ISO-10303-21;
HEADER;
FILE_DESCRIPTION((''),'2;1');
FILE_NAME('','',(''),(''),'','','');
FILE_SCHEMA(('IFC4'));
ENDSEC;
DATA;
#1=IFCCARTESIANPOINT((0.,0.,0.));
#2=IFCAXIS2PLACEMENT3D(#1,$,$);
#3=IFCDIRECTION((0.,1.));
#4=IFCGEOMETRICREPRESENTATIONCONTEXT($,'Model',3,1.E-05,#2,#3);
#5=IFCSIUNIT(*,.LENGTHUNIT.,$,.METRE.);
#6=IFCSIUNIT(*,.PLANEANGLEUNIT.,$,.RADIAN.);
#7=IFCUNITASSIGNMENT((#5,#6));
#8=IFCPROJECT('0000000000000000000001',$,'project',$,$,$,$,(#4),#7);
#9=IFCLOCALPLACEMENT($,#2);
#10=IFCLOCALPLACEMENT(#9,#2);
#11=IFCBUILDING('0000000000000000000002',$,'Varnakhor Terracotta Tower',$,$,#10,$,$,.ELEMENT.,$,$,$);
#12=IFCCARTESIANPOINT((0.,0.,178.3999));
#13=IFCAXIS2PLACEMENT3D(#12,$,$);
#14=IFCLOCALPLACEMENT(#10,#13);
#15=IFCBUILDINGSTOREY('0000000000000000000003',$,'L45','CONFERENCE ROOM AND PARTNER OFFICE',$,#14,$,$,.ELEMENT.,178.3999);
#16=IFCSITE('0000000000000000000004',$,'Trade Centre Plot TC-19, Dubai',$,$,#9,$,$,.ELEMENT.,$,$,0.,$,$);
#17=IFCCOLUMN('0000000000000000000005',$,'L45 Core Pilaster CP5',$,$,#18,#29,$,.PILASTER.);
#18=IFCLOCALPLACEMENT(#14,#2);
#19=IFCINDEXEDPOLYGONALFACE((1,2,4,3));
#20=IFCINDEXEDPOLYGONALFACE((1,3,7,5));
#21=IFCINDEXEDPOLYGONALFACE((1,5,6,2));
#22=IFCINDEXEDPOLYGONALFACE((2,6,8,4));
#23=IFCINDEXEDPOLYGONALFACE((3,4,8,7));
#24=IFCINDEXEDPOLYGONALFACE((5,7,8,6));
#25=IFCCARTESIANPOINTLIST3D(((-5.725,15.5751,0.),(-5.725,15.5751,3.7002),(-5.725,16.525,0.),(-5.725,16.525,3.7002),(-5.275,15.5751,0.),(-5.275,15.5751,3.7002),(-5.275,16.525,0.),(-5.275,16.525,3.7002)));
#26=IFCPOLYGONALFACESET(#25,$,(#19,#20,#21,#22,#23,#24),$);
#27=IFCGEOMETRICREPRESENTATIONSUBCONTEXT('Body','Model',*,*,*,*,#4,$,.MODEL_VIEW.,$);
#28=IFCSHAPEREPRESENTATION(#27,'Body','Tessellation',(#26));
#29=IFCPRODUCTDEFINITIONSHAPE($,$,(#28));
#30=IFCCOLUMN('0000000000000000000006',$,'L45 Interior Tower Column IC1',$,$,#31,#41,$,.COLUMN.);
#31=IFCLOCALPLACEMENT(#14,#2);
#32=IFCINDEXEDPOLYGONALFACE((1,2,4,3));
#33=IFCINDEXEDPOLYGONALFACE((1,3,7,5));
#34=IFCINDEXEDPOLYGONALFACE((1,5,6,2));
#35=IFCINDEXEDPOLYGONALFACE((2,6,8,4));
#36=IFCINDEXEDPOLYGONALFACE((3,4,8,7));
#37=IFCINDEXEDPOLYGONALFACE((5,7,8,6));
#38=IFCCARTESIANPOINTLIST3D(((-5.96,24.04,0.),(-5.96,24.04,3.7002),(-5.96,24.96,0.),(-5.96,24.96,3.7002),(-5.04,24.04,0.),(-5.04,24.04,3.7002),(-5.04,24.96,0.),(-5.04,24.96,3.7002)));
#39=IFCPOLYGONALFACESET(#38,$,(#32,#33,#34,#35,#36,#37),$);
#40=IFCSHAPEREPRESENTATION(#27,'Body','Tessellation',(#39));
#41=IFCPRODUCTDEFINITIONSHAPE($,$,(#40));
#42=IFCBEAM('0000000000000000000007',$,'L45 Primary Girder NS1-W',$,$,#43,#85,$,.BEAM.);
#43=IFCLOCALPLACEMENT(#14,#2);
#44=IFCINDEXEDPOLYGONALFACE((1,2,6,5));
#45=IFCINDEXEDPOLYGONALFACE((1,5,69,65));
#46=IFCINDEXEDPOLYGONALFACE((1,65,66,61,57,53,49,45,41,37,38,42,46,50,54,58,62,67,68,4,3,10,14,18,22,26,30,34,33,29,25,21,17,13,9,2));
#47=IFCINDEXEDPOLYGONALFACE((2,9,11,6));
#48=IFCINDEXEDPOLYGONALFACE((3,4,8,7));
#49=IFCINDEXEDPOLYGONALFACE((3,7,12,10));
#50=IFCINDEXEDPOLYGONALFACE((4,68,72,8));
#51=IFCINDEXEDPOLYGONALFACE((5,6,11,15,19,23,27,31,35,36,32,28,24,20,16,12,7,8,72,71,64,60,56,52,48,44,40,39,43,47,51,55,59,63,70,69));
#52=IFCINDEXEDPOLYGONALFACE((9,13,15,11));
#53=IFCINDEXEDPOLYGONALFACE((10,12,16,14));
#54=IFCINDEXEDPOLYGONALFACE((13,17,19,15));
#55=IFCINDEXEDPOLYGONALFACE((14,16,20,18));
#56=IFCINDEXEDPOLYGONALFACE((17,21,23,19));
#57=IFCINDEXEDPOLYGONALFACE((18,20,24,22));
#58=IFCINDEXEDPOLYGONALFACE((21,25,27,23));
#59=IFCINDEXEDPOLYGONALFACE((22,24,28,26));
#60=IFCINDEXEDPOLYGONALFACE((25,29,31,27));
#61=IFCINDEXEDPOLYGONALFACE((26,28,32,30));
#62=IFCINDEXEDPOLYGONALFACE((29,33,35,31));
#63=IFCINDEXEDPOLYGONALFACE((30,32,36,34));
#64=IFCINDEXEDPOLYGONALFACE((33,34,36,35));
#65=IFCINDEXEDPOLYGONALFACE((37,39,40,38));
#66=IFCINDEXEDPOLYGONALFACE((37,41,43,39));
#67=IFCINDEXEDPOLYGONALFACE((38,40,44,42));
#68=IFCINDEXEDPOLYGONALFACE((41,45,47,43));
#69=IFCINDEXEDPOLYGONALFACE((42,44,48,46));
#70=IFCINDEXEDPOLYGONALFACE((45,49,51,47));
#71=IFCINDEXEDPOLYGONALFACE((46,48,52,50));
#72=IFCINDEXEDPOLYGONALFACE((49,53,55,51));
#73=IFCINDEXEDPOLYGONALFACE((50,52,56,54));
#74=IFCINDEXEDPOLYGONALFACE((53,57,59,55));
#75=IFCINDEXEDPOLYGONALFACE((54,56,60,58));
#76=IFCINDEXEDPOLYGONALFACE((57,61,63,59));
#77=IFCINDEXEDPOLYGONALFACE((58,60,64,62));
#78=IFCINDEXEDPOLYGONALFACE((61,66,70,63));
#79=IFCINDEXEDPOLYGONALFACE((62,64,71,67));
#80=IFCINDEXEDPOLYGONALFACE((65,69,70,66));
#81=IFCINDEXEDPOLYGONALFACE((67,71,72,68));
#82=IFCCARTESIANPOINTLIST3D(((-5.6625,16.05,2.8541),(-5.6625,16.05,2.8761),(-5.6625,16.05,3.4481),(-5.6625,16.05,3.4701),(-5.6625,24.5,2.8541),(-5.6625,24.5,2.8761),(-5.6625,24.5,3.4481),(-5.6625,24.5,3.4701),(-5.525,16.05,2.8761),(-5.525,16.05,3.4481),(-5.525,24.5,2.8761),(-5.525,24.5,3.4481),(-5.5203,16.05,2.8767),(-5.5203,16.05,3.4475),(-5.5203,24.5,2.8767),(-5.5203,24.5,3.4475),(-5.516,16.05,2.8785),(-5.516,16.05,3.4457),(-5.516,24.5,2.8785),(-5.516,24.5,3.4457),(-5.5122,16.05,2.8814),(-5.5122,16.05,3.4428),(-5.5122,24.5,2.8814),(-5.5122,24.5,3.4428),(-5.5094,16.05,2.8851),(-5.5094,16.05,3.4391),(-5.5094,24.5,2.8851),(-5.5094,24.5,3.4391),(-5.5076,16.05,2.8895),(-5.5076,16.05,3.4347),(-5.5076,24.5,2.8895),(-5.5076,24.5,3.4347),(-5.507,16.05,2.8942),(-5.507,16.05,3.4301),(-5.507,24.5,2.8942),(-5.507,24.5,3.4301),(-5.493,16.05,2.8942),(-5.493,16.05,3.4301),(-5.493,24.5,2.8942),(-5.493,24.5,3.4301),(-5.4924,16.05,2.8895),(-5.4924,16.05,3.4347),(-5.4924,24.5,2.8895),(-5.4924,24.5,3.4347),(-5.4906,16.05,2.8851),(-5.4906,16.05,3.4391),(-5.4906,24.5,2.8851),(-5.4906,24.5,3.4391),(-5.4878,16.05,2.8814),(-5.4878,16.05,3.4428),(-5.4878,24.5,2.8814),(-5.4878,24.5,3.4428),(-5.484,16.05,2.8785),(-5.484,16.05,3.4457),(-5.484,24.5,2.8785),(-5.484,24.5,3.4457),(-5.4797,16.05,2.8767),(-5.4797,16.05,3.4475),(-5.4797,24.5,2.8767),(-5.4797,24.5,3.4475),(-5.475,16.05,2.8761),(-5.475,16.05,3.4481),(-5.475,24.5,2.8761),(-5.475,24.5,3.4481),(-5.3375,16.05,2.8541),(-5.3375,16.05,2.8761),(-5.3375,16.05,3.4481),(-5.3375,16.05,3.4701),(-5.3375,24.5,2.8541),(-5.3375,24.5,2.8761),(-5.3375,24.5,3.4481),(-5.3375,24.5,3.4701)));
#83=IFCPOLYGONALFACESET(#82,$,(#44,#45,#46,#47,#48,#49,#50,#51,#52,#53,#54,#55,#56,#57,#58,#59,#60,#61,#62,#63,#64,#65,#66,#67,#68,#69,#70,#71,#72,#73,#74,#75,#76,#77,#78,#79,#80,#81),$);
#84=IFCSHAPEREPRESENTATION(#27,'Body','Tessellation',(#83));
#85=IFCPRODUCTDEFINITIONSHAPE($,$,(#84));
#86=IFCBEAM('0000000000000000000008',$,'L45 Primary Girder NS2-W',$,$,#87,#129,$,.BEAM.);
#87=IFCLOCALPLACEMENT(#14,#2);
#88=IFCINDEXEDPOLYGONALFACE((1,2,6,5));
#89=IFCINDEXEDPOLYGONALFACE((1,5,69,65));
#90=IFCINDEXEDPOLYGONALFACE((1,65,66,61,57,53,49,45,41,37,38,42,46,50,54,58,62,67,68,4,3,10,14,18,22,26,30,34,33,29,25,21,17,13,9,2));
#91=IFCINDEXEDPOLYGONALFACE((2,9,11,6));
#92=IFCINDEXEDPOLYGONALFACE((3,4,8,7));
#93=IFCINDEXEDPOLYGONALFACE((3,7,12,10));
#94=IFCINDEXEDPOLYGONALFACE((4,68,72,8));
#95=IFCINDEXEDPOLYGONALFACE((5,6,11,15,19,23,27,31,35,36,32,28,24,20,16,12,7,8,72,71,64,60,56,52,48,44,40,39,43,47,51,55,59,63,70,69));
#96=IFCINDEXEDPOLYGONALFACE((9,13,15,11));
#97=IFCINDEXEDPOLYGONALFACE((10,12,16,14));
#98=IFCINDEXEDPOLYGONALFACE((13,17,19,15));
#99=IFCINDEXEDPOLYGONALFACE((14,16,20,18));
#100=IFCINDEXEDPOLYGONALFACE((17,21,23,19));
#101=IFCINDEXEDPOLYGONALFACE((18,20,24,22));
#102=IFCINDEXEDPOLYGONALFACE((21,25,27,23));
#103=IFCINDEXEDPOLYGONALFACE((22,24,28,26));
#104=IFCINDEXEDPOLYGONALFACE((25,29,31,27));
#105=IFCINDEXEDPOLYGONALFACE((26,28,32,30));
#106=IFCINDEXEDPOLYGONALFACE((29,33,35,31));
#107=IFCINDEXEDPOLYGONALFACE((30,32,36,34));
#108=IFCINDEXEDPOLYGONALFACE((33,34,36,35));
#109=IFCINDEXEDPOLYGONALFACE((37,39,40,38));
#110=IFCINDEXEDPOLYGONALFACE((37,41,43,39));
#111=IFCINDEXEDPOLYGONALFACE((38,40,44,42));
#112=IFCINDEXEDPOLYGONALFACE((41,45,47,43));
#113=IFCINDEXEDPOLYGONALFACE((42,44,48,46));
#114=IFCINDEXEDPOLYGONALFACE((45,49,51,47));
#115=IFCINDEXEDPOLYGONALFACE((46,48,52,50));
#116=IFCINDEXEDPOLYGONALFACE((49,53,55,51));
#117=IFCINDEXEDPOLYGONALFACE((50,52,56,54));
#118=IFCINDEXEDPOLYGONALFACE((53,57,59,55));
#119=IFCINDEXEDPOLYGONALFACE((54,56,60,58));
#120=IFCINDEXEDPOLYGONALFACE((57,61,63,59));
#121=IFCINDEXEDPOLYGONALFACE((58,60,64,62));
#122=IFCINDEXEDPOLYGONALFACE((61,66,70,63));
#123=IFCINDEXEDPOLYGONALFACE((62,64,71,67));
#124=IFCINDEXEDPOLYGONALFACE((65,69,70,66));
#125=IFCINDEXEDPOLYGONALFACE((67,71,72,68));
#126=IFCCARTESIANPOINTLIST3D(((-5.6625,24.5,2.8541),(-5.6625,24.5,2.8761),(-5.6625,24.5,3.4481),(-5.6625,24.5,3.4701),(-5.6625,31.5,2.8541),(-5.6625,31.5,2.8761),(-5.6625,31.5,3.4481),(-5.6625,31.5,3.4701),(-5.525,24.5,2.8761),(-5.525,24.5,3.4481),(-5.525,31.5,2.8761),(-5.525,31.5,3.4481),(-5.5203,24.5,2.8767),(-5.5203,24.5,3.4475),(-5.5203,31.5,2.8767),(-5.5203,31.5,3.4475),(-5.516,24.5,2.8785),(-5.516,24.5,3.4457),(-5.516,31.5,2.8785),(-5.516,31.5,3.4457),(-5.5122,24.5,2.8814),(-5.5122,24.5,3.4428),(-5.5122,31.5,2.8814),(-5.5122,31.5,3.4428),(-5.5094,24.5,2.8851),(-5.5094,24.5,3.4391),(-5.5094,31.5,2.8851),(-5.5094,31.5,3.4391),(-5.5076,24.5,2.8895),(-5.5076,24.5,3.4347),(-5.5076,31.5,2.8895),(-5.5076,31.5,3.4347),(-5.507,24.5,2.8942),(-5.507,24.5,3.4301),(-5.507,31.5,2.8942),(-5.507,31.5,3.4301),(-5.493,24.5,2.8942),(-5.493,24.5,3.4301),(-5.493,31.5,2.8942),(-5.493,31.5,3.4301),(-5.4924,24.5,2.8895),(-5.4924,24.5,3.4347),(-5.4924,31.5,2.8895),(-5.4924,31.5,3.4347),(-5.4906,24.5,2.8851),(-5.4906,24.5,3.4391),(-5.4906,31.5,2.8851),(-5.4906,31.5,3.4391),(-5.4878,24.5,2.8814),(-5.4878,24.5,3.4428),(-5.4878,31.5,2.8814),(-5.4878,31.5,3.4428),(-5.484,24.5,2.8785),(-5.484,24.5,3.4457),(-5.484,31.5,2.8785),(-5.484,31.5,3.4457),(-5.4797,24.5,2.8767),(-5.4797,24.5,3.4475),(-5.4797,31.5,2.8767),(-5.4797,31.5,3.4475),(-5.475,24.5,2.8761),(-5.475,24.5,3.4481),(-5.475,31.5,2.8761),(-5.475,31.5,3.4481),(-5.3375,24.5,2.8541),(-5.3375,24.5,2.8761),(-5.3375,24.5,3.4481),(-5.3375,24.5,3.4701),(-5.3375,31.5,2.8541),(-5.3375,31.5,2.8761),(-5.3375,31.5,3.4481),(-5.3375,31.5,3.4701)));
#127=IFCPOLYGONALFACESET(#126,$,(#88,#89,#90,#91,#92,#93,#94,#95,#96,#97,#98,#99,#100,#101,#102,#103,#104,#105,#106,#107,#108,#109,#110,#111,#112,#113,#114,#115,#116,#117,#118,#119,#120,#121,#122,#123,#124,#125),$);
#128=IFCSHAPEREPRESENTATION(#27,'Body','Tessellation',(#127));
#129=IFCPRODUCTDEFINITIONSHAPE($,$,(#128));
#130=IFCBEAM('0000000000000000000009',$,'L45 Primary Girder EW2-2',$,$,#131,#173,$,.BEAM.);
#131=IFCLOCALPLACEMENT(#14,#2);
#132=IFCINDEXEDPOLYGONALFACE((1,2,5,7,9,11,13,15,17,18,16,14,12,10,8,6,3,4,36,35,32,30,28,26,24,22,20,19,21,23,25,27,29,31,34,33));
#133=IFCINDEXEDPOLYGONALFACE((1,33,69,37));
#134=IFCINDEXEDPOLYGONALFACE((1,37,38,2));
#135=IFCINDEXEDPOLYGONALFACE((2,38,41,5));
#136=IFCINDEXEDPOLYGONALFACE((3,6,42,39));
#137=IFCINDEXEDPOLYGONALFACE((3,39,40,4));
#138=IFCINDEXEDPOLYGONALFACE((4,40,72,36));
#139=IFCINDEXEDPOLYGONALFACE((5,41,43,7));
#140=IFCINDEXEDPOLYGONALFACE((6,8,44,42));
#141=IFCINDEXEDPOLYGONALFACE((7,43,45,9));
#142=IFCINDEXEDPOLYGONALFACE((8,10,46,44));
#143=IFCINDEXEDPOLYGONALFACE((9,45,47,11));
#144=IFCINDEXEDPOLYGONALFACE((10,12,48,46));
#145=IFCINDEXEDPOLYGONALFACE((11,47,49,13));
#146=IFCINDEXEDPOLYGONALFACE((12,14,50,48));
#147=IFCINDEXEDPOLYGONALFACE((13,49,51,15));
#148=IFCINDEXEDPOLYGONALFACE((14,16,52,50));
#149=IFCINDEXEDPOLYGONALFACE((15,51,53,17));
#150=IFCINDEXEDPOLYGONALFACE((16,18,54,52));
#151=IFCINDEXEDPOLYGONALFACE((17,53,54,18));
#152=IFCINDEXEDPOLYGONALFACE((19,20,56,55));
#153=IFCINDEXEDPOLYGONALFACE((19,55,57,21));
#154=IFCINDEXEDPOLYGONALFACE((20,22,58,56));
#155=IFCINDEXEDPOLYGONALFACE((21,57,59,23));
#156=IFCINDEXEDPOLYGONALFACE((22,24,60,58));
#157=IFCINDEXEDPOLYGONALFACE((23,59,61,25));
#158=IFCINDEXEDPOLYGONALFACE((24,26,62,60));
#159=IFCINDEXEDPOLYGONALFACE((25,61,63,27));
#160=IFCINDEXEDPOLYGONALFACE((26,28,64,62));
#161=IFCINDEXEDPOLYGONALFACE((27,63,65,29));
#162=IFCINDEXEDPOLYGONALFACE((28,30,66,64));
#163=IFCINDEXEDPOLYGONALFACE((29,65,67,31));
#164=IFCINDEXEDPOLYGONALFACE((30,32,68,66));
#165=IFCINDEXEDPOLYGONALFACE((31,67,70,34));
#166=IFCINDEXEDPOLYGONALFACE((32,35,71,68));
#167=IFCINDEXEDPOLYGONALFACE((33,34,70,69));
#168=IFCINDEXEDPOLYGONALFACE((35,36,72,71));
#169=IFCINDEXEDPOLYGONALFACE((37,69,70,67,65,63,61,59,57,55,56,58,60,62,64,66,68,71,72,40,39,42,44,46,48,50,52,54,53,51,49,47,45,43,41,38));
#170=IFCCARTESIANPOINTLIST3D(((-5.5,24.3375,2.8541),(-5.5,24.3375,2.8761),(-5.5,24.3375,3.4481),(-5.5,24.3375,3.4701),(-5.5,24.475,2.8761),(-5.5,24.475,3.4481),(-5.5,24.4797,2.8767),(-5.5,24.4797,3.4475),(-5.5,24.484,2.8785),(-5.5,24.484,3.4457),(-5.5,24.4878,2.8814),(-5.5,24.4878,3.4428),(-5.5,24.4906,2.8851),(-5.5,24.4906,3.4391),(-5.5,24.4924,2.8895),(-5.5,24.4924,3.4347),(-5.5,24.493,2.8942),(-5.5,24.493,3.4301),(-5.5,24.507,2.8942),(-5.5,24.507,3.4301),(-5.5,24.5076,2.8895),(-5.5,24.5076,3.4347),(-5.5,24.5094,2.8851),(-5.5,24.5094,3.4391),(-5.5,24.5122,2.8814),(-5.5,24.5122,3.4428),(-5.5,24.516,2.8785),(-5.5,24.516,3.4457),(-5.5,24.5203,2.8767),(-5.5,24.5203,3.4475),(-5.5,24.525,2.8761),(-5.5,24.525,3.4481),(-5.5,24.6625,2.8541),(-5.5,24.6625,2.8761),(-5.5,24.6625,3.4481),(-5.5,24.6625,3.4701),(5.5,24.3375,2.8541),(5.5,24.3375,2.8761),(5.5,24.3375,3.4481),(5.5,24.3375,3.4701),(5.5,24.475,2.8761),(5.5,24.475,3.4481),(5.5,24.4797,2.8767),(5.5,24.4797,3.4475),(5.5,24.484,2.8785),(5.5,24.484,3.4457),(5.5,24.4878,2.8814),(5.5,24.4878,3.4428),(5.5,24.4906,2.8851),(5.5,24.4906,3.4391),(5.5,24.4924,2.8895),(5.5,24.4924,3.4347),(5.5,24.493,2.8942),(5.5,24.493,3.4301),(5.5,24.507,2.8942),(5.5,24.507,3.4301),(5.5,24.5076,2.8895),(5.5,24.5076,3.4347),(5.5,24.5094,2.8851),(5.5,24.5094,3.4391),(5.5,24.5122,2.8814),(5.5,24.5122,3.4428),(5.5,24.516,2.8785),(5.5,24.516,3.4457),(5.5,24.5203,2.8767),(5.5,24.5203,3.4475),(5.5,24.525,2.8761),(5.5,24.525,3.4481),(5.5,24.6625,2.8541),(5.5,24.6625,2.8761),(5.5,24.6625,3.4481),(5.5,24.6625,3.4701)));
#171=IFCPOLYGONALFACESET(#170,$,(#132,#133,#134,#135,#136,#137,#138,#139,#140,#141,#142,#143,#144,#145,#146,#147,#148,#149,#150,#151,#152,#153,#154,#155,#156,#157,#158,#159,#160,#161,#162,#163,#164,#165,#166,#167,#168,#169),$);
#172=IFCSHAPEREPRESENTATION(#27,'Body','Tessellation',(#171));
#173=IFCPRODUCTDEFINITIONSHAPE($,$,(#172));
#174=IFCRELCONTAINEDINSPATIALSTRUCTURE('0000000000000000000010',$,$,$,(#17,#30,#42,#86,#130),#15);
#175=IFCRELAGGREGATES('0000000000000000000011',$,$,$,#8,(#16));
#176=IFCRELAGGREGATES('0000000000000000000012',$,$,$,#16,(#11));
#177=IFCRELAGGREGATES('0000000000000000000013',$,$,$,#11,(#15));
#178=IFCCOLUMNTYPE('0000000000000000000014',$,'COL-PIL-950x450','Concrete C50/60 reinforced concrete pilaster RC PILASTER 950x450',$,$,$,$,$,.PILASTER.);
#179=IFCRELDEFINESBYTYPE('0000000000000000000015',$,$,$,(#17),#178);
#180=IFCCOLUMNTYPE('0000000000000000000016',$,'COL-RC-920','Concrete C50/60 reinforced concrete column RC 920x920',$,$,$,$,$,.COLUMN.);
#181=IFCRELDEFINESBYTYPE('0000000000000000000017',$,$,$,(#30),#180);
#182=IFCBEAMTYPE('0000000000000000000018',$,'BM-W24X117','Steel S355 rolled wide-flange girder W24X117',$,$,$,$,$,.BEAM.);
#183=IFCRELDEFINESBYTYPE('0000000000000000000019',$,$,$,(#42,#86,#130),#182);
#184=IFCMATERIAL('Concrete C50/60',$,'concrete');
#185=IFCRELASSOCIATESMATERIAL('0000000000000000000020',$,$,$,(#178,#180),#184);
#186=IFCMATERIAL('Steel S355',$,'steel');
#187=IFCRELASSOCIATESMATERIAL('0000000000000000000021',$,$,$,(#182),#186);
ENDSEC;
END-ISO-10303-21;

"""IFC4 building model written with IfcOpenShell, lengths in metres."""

from ifc_helpers import new_model, si_unit, direction, frame, origin, origin_2d, place, context, subcontext, project, spatial, rectangle, i_section, extrude, source, transform, mapped, material, material_profile, profile_set, type_object, type_shapes, element, save


model = new_model("IFC4")

# Units and contexts
model_context = context("Model", 3, precision=1e-05, world=origin(), true_north=direction((0.0, 1.0)))
body_context = subcontext(model_context, "Body", "Model", "MODEL_VIEW")
ifc_project = project(units=[si_unit("LENGTHUNIT", "METRE"), si_unit("PLANEANGLEUNIT", "RADIAN")], contexts=[model_context])

# Site, building, storey
site_placement = place(None, origin())
site = spatial("IfcSite", under=ifc_project, at=site_placement, Name="Trade Centre Plot TC-19, Dubai", CompositionType="ELEMENT", RefElevation=0.0)
building_placement = place(site_placement, origin())
building = spatial("IfcBuilding", under=site, at=building_placement, Name="Varnakhor Terracotta Tower", CompositionType="ELEMENT")
storey_placement = place(building_placement, frame((0.0, 0.0, 178.3999)))
storey = spatial("IfcBuildingStorey", under=building, at=storey_placement, Name="L45", Description="CONFERENCE ROOM AND PARTNER OFFICE", CompositionType="ELEMENT", Elevation=178.3999)

# Columns
ifc_material_1 = material(Name="Concrete C50/60", Category="concrete")
ifc_material_profile_1 = material_profile(ifc_material_1, rectangle(XDim=0.45, YDim=0.95, at=origin_2d()), Name="RC PILASTER 950x450")
ifc_profile_set_1 = profile_set([ifc_material_profile_1], Name="Concrete C50/60")
column_type_1 = type_object("IfcColumnType", Name="COL-PIL-950x450", Description="Concrete C50/60 reinforced concrete pilaster RC PILASTER 950x450", PredefinedType="PILASTER", material=ifc_profile_set_1)
shared_shape_1 = source(origin(), body_context, "Body", "SweptSolid", [
    extrude(rectangle(XDim=0.45, YDim=0.95, at=origin_2d()), origin(), (0.0, 0.0, 1.0), 3.7002),
])
column_1_placement = place(storey_placement, frame((-5.5, 16.05, 0.0), z_axis=(0.0, 0.0, 1.0), x_axis=(1.0, 0.0, 0.0)))
element("IfcColumn", 1, at=column_1_placement, inside=storey, type_object=column_type_1, Name="L45 Core Pilaster CP5", PredefinedType="PILASTER", context=body_context, shape_type="MappedRepresentation", body=[
    mapped(shared_shape_1, transform((0.0, 0.0, 0.0), scale=1.0)),
])
ifc_material_profile_2 = material_profile(ifc_material_1, rectangle(XDim=0.9199, YDim=0.9199, at=origin_2d()), Name="RC 920x920")
ifc_profile_set_2 = profile_set([ifc_material_profile_2], Name="Concrete C50/60")
column_type_2 = type_object("IfcColumnType", Name="COL-RC-920", Description="Concrete C50/60 reinforced concrete column RC 920x920", PredefinedType="COLUMN", material=ifc_profile_set_2)
shared_shape_2 = source(origin(), body_context, "Body", "SweptSolid", [
    extrude(rectangle(XDim=0.9199, YDim=0.9199, at=origin_2d()), origin(), (0.0, 0.0, 1.0), 3.7002),
])
column_2_placement = place(storey_placement, frame((-5.5, 24.5, 0.0), z_axis=(0.0, 0.0, 1.0), x_axis=(1.0, 0.0, 0.0)))
element("IfcColumn", 2, at=column_2_placement, inside=storey, type_object=column_type_2, Name="L45 Interior Tower Column IC1", PredefinedType="COLUMN", context=body_context, shape_type="MappedRepresentation", body=[
    mapped(shared_shape_2, transform((0.0, 0.0, 0.0), scale=1.0)),
])

# Beams
ifc_material_2 = material(Name="Steel S355", Category="steel")
ifc_material_profile_3 = material_profile(ifc_material_2, i_section(OverallWidth=0.325, OverallDepth=0.616, WebThickness=0.0139, FlangeThickness=0.022, FilletRadius=0.0181, at=origin_2d()), Name="W24X117")
ifc_profile_set_3 = profile_set([ifc_material_profile_3], Name="Steel S355")
beam_type_1 = type_object("IfcBeamType", Name="BM-W24X117", Description="Steel S355 rolled wide-flange girder W24X117", PredefinedType="BEAM", material=ifc_profile_set_3)
shared_shape_3 = source(origin(), body_context, "Body", "SweptSolid", [
    extrude(i_section(OverallWidth=0.325, OverallDepth=0.616, WebThickness=0.0139, FlangeThickness=0.022, FilletRadius=0.0181, at=origin_2d()), origin(), (0.0, 0.0, 1.0), 8.45),
])
type_shapes(beam_type_1, [shared_shape_3])
beam_1_placement = place(storey_placement, frame((-5.5, 16.05, 3.1621), z_axis=(0.0, 1.0, 0.0), x_axis=(-1.0, 0.0, 0.0)))
element("IfcBeam", 3, at=beam_1_placement, inside=storey, type_object=beam_type_1, Name="L45 Primary Girder NS1-W", PredefinedType="BEAM", context=body_context, shape_type="MappedRepresentation", body=[
    mapped(shared_shape_3, transform((0.0, 0.0, 0.0), scale=1.0)),
])
shared_shape_4 = source(origin(), body_context, "Body", "SweptSolid", [
    extrude(i_section(OverallWidth=0.325, OverallDepth=0.616, WebThickness=0.0139, FlangeThickness=0.022, FilletRadius=0.0181, at=origin_2d()), origin(), (0.0, 0.0, 1.0), 7.0),
])
beam_2_placement = place(storey_placement, frame((-5.5, 24.5, 3.1621), z_axis=(0.0, 1.0, 0.0), x_axis=(-1.0, 0.0, 0.0)))
element("IfcBeam", 4, at=beam_2_placement, inside=storey, type_object=beam_type_1, Name="L45 Primary Girder NS2-W", PredefinedType="BEAM", context=body_context, shape_type="MappedRepresentation", body=[
    mapped(shared_shape_4, transform((0.0, 0.0, 0.0), scale=1.0)),
])
shared_shape_5 = source(origin(), body_context, "Body", "SweptSolid", [
    extrude(i_section(OverallWidth=0.325, OverallDepth=0.616, WebThickness=0.0139, FlangeThickness=0.022, FilletRadius=0.0181, at=origin_2d()), origin(), (0.0, 0.0, 1.0), 11.0),
])
beam_3_placement = place(storey_placement, frame((-5.5, 24.5, 3.1621), z_axis=(1.0, 0.0, 0.0), x_axis=(0.0, 1.0, 0.0)))
element("IfcBeam", 5, at=beam_3_placement, inside=storey, type_object=beam_type_1, Name="L45 Primary Girder EW2-2", PredefinedType="BEAM", context=body_context, shape_type="MappedRepresentation", body=[
    mapped(shared_shape_5, transform((0.0, 0.0, 0.0), scale=1.0)),
])

save(model, "model.ifc")
